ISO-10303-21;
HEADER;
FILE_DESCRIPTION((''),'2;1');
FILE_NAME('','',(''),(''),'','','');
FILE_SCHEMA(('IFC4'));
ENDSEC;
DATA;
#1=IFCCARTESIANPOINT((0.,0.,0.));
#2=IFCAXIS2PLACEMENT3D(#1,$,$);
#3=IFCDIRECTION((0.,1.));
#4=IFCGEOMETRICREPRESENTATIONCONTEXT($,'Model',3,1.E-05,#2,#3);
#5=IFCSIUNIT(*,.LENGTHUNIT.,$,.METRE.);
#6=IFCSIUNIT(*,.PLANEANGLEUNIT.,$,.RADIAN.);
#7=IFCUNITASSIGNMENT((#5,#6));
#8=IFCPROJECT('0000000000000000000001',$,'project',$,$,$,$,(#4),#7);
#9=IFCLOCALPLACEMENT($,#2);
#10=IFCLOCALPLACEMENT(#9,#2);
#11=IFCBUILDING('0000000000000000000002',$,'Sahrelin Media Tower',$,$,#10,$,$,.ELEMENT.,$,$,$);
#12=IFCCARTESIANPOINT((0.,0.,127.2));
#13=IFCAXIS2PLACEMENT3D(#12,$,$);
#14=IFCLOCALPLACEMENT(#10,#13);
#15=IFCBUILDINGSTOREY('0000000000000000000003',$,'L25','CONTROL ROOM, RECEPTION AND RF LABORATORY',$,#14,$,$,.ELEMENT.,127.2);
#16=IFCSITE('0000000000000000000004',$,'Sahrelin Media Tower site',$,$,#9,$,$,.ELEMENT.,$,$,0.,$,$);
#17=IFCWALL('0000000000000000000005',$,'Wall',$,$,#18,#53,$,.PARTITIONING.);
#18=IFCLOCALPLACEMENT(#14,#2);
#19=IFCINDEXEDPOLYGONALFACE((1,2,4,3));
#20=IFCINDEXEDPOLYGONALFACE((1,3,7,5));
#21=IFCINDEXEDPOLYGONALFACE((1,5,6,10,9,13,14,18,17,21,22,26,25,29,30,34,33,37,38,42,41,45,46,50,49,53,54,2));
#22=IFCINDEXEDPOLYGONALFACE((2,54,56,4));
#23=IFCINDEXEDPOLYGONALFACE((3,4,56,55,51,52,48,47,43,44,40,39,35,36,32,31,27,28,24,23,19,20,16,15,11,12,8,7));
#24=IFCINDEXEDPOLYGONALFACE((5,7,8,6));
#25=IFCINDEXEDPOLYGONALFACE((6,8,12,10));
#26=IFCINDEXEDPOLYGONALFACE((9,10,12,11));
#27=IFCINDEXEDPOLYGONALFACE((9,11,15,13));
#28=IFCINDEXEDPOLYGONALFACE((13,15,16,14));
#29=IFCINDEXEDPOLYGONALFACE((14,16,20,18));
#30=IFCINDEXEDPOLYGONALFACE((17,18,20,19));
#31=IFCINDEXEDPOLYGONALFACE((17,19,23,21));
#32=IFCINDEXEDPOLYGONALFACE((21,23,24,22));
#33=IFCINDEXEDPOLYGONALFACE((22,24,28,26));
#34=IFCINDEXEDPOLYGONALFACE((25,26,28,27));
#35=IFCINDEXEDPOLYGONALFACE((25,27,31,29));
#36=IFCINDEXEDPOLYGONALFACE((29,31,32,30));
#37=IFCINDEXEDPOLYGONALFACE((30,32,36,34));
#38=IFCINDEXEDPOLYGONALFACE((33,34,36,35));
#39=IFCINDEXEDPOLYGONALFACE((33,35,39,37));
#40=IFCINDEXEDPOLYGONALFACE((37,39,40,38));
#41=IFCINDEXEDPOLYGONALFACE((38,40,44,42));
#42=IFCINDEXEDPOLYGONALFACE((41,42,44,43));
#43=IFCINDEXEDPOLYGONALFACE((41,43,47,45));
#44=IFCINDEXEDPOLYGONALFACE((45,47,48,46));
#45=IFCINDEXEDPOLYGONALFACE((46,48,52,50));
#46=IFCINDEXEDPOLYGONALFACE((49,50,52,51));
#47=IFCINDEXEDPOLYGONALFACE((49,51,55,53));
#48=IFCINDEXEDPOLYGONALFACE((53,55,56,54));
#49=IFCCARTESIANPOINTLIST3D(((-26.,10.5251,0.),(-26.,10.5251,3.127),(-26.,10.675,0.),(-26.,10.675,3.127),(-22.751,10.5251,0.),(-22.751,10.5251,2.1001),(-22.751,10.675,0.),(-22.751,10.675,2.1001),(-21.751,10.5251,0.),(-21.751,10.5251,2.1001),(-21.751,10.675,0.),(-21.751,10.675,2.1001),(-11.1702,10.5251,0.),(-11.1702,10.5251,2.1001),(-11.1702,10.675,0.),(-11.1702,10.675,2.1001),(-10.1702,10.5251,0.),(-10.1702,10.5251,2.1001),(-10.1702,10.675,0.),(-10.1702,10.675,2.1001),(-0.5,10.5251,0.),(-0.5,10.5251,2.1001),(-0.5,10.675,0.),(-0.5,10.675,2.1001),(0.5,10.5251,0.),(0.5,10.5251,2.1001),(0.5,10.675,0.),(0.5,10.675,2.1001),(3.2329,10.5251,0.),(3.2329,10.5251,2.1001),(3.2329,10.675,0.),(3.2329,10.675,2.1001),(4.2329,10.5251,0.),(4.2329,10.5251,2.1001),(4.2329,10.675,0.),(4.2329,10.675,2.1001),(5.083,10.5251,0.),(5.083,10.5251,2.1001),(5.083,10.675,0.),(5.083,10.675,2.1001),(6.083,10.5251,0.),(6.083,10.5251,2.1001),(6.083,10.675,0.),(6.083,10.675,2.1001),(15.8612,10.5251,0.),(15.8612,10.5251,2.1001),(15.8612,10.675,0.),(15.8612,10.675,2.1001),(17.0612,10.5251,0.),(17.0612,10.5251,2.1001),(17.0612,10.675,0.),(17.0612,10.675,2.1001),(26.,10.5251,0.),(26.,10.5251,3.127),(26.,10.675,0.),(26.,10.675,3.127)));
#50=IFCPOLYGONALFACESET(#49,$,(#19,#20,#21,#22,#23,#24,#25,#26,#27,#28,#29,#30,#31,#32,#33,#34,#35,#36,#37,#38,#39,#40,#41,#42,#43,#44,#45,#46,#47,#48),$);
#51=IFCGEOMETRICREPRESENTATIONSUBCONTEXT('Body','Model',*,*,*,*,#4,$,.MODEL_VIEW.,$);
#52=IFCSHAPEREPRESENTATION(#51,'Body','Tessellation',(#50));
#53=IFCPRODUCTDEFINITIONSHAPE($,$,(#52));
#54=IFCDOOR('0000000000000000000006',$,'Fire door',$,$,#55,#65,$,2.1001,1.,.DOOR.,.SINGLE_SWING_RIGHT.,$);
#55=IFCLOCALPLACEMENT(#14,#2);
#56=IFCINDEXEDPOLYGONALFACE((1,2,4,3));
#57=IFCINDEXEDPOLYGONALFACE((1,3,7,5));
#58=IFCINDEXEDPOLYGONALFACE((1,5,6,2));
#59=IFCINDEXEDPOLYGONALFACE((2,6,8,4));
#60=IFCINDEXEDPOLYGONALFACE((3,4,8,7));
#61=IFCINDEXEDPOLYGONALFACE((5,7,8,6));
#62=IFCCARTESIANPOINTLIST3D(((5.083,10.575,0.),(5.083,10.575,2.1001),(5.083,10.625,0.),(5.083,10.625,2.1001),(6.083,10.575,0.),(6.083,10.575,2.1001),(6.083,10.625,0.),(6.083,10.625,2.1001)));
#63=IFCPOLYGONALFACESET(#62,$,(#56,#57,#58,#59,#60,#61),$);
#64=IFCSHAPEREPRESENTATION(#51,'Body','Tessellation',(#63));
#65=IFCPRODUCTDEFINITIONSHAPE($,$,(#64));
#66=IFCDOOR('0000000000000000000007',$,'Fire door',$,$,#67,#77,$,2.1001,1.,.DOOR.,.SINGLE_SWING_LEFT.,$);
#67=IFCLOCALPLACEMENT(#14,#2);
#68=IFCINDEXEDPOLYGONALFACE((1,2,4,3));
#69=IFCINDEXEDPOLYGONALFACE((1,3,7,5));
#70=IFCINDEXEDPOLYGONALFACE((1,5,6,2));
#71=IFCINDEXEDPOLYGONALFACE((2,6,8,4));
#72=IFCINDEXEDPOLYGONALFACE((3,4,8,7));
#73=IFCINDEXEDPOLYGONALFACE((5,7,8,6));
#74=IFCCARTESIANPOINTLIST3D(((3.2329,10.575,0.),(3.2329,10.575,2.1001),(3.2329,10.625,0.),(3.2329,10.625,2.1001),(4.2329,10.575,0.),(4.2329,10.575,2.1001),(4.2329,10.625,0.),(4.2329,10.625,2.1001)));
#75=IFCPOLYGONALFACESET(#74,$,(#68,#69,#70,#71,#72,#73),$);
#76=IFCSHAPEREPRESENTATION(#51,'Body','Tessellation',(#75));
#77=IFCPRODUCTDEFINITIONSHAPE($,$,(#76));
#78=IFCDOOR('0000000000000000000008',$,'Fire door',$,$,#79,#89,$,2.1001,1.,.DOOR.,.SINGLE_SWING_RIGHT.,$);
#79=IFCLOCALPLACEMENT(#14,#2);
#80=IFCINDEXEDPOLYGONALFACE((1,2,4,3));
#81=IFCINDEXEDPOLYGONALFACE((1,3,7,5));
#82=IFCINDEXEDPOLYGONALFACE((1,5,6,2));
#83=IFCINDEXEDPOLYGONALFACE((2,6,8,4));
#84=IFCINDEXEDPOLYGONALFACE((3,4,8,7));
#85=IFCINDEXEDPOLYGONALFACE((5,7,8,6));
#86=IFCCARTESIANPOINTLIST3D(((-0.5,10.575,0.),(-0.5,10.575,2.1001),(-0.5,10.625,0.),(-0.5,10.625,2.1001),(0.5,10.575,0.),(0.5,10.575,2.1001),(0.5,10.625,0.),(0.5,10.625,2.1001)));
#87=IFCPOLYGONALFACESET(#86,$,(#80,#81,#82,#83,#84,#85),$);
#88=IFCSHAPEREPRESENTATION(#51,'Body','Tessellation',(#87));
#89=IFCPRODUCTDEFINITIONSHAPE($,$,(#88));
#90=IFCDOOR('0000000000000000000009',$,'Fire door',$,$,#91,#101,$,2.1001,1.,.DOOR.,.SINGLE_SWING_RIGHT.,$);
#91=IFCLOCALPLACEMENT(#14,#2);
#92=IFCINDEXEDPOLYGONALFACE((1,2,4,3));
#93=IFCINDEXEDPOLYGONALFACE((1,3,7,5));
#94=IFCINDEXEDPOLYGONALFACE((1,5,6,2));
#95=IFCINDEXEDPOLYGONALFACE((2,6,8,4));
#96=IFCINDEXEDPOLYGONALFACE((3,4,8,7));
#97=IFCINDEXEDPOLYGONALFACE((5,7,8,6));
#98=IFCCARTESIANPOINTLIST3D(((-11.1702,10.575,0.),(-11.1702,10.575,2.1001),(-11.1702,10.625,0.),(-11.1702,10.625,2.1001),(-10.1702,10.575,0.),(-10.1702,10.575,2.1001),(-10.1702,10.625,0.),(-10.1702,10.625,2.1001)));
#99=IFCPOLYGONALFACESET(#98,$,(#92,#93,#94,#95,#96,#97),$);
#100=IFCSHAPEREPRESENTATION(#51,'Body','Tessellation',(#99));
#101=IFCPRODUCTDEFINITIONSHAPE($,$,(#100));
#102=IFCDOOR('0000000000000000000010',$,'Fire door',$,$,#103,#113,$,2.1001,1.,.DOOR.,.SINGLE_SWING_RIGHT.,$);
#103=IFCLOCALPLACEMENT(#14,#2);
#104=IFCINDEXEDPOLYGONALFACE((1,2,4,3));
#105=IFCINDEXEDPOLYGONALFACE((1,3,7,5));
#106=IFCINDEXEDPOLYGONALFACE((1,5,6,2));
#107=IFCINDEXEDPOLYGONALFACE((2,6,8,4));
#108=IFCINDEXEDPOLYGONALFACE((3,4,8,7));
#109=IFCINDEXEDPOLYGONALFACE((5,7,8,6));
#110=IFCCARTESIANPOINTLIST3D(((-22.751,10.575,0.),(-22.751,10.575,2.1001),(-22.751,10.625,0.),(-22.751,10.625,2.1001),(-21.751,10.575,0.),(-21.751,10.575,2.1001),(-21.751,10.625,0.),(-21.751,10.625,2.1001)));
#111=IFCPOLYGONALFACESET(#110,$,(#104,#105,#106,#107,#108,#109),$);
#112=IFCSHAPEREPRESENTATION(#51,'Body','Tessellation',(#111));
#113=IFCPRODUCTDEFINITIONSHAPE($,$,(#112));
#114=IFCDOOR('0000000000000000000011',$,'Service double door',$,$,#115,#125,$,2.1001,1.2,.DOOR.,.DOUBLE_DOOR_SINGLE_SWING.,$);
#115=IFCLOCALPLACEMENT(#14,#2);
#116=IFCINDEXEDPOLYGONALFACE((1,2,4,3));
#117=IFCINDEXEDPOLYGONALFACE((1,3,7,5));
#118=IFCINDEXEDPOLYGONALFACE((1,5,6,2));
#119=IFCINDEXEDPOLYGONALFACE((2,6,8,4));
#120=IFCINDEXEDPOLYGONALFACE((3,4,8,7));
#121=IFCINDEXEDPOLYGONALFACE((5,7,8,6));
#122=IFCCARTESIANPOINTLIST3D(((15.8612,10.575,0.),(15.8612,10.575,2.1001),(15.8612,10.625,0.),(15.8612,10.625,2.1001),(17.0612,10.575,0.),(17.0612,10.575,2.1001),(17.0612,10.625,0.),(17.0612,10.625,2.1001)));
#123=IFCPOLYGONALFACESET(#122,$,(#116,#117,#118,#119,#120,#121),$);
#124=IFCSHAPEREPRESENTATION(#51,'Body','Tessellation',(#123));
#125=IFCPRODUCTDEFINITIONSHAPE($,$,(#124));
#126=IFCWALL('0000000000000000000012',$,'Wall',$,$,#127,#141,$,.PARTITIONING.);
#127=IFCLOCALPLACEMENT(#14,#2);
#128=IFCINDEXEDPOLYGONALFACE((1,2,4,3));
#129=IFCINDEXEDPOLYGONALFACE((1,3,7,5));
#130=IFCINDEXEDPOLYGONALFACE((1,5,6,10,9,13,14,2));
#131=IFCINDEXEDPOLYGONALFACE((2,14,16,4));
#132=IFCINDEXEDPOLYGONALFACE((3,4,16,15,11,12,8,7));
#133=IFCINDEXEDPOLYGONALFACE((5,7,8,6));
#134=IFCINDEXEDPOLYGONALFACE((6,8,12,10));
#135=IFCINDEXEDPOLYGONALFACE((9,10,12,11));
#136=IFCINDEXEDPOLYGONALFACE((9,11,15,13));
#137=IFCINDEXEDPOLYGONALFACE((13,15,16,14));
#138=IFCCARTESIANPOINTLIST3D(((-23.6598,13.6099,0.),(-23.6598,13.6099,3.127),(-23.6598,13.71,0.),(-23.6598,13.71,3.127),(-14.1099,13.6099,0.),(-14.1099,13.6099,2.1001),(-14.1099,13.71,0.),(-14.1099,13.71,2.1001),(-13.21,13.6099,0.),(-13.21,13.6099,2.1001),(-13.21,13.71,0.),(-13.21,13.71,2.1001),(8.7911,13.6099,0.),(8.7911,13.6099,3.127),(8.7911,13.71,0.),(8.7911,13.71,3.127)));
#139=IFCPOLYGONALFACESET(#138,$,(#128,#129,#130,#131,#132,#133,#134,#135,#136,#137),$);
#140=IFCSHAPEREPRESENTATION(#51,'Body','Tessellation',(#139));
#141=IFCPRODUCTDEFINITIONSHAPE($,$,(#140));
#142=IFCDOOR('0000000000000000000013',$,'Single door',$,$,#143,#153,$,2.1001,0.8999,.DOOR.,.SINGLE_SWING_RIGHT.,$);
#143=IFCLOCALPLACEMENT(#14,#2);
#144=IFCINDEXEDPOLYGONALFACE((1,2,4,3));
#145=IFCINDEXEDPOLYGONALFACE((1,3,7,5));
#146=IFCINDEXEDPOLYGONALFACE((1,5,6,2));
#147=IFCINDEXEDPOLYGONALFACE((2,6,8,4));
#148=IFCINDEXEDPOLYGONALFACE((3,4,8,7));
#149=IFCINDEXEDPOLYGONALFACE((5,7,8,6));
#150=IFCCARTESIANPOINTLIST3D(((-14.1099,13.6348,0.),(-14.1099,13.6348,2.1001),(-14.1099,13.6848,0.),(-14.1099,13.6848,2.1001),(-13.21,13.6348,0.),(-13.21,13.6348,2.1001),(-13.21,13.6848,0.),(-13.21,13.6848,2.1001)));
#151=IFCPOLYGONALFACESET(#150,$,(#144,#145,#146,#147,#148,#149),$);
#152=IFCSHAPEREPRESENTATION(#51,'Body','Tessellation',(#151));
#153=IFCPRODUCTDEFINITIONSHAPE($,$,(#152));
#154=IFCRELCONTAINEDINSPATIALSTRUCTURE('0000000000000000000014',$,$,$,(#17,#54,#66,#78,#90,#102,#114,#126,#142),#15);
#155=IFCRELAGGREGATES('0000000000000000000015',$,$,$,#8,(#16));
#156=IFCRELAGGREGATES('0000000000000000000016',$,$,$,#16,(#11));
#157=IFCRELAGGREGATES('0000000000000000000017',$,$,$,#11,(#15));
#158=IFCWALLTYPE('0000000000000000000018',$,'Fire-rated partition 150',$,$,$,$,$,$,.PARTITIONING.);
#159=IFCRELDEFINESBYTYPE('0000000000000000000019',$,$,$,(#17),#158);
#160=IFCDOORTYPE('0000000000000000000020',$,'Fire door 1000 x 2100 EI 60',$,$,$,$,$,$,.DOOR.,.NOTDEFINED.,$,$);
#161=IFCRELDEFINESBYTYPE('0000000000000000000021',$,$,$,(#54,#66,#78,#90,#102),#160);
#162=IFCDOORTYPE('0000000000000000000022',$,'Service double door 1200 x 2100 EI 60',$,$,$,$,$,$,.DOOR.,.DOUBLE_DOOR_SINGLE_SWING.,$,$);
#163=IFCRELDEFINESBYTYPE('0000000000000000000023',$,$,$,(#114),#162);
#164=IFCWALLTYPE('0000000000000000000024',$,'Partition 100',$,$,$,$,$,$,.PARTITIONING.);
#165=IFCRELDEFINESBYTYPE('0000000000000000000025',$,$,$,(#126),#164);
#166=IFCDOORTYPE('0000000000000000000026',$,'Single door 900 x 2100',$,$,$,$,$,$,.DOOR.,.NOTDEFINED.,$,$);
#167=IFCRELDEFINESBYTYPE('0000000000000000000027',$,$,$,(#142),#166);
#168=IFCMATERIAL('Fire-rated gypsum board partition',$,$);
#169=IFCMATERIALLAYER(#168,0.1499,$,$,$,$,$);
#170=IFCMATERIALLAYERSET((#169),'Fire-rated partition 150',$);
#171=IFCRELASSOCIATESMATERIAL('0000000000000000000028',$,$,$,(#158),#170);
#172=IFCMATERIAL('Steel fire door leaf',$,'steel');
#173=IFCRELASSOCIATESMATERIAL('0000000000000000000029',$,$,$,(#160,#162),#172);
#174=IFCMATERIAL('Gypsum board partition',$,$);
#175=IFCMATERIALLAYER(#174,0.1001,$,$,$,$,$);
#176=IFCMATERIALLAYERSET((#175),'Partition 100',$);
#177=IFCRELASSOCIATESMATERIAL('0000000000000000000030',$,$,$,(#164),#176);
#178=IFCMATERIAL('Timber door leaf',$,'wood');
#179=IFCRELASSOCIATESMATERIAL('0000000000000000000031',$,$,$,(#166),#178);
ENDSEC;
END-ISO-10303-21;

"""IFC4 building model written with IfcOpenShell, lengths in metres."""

from ifc_helpers import new_model, si_unit, direction, frame, frame_2d, origin, place, context, subcontext, project, spatial, rectangle, extrude, material, layer, layer_set, type_object, element, fill, save


model = new_model("IFC4")

# Units and contexts
model_context = context("Model", 3, precision=1e-05, world=origin(), true_north=direction((0.0, 1.0)))
body_context = subcontext(model_context, "Body", "Model", "MODEL_VIEW")
ifc_project = project(units=[si_unit("LENGTHUNIT", "METRE"), si_unit("PLANEANGLEUNIT", "RADIAN")], contexts=[model_context])

# Site, building, storey
site_placement = place(None, origin())
site = spatial("IfcSite", under=ifc_project, at=site_placement, Name="Sahrelin Media Tower site", CompositionType="ELEMENT", RefElevation=0.0)
building_placement = place(site_placement, origin())
building = spatial("IfcBuilding", under=site, at=building_placement, Name="Sahrelin Media Tower", CompositionType="ELEMENT")
storey_placement = place(building_placement, frame((0.0, 0.0, 127.2)))
storey = spatial("IfcBuildingStorey", under=building, at=storey_placement, Name="L25", Description="CONTROL ROOM, RECEPTION AND RF LABORATORY", CompositionType="ELEMENT", Elevation=127.2)

# Shared definitions
ifc_material_1 = material(Name="Fire-rated gypsum board partition")
ifc_layer_1 = layer(ifc_material_1, 0.1499)
ifc_layer_set_1 = layer_set([ifc_layer_1], Name="Fire-rated partition 150")
wall_type_1 = type_object("IfcWallType", Name="Fire-rated partition 150", PredefinedType="PARTITIONING", material=ifc_layer_set_1)

# Wall, openings, doors
wall_1_placement = place(storey_placement, frame((-26.0, 10.6001, 0.0), z_axis=(0.0, 0.0, 1.0), x_axis=(1.0, 0.0, 0.0)))
wall_1 = element("IfcWall", 1, at=wall_1_placement, inside=storey, type_object=wall_type_1, Name="Wall", PredefinedType="PARTITIONING", context=body_context, shape_type="SweptSolid", body=[
    extrude(rectangle(XDim=52.0, YDim=0.1499, at=frame_2d((26.0, 0.0))), origin(), (0.0, 0.0, 1.0), 3.127),
])
opening_1_placement = place(wall_1_placement, frame((41.8611, 0.0, 0.0)))
opening_1 = element("IfcOpeningElement", 2, at=opening_1_placement, cuts=wall_1, PredefinedType="OPENING", context=body_context, shape_type="SweptSolid", body=[
    extrude(rectangle(XDim=1.2, YDim=2.1001, at=frame_2d((0.6001, 1.05))), frame((0.0, 0.075, 0.0), z_axis=(0.0, -1.0, 0.0), x_axis=(1.0, 0.0, 0.0)), (0.0, 0.0, 1.0), 0.1499),
])
opening_2_placement = place(wall_1_placement, frame((31.083, 0.0, 0.0)))
opening_2 = element("IfcOpeningElement", 3, at=opening_2_placement, cuts=wall_1, PredefinedType="OPENING", context=body_context, shape_type="SweptSolid", body=[
    extrude(rectangle(XDim=1.0, YDim=2.1001, at=frame_2d((0.5, 1.05))), frame((0.0, 0.075, 0.0), z_axis=(0.0, -1.0, 0.0), x_axis=(1.0, 0.0, 0.0)), (0.0, 0.0, 1.0), 0.1499),
])
opening_3_placement = place(wall_1_placement, frame((29.2329, 0.0, 0.0)))
opening_3 = element("IfcOpeningElement", 4, at=opening_3_placement, cuts=wall_1, PredefinedType="OPENING", context=body_context, shape_type="SweptSolid", body=[
    extrude(rectangle(XDim=1.0, YDim=2.1001, at=frame_2d((0.5, 1.05))), frame((0.0, 0.075, 0.0), z_axis=(0.0, -1.0, 0.0), x_axis=(1.0, 0.0, 0.0)), (0.0, 0.0, 1.0), 0.1499),
])
opening_4_placement = place(wall_1_placement, frame((25.5, 0.0, 0.0)))
opening_4 = element("IfcOpeningElement", 5, at=opening_4_placement, cuts=wall_1, PredefinedType="OPENING", context=body_context, shape_type="SweptSolid", body=[
    extrude(rectangle(XDim=1.0, YDim=2.1001, at=frame_2d((0.5, 1.05))), frame((0.0, 0.075, 0.0), z_axis=(0.0, -1.0, 0.0), x_axis=(1.0, 0.0, 0.0)), (0.0, 0.0, 1.0), 0.1499),
])
opening_5_placement = place(wall_1_placement, frame((14.8298, 0.0, 0.0)))
opening_5 = element("IfcOpeningElement", 6, at=opening_5_placement, cuts=wall_1, PredefinedType="OPENING", context=body_context, shape_type="SweptSolid", body=[
    extrude(rectangle(XDim=1.0, YDim=2.1001, at=frame_2d((0.5, 1.05))), frame((0.0, 0.075, 0.0), z_axis=(0.0, -1.0, 0.0), x_axis=(1.0, 0.0, 0.0)), (0.0, 0.0, 1.0), 0.1499),
])
opening_6_placement = place(wall_1_placement, frame((3.249, 0.0, 0.0)))
opening_6 = element("IfcOpeningElement", 7, at=opening_6_placement, cuts=wall_1, PredefinedType="OPENING", context=body_context, shape_type="SweptSolid", body=[
    extrude(rectangle(XDim=1.0, YDim=2.1001, at=frame_2d((0.5, 1.05))), frame((0.0, 0.075, 0.0), z_axis=(0.0, -1.0, 0.0), x_axis=(1.0, 0.0, 0.0)), (0.0, 0.0, 1.0), 0.1499),
])
ifc_material_2 = material(Name="Steel fire door leaf", Category="steel")
door_type_1 = type_object("IfcDoorType", Name="Fire door 1000 x 2100 EI 60", OperationType="NOTDEFINED", PredefinedType="DOOR", material=ifc_material_2)
door_1_placement = place(opening_2_placement, origin())
door_1 = element("IfcDoor", 8, at=door_1_placement, inside=storey, type_object=door_type_1, Name="Fire door", OperationType="SINGLE_SWING_RIGHT", OverallHeight=2.1001, OverallWidth=1.0, PredefinedType="DOOR", context=body_context, shape_type="SweptSolid", body=[
    extrude(rectangle(XDim=1.0, YDim=2.1001, at=frame_2d((0.5, 1.05))), frame((0.0, 0.0249, 0.0), z_axis=(0.0, -1.0, 0.0), x_axis=(1.0, 0.0, 0.0)), (0.0, 0.0, 1.0), 0.05),
])
fill(opening_2, door_1)
door_2_placement = place(opening_3_placement, origin())
door_2 = element("IfcDoor", 9, at=door_2_placement, inside=storey, type_object=door_type_1, Name="Fire door", OperationType="SINGLE_SWING_LEFT", OverallHeight=2.1001, OverallWidth=1.0, PredefinedType="DOOR", context=body_context, shape_type="SweptSolid", body=[
    extrude(rectangle(XDim=1.0, YDim=2.1001, at=frame_2d((0.5, 1.05))), frame((0.0, 0.0249, 0.0), z_axis=(0.0, -1.0, 0.0), x_axis=(1.0, 0.0, 0.0)), (0.0, 0.0, 1.0), 0.05),
])
fill(opening_3, door_2)
door_3_placement = place(opening_4_placement, origin())
door_3 = element("IfcDoor", 10, at=door_3_placement, inside=storey, type_object=door_type_1, Name="Fire door", OperationType="SINGLE_SWING_RIGHT", OverallHeight=2.1001, OverallWidth=1.0, PredefinedType="DOOR", context=body_context, shape_type="SweptSolid", body=[
    extrude(rectangle(XDim=1.0, YDim=2.1001, at=frame_2d((0.5, 1.05))), frame((0.0, 0.0249, 0.0), z_axis=(0.0, -1.0, 0.0), x_axis=(1.0, 0.0, 0.0)), (0.0, 0.0, 1.0), 0.05),
])
fill(opening_4, door_3)
door_4_placement = place(opening_5_placement, origin())
door_4 = element("IfcDoor", 11, at=door_4_placement, inside=storey, type_object=door_type_1, Name="Fire door", OperationType="SINGLE_SWING_RIGHT", OverallHeight=2.1001, OverallWidth=1.0, PredefinedType="DOOR", context=body_context, shape_type="SweptSolid", body=[
    extrude(rectangle(XDim=1.0, YDim=2.1001, at=frame_2d((0.5, 1.05))), frame((0.0, 0.0249, 0.0), z_axis=(0.0, -1.0, 0.0), x_axis=(1.0, 0.0, 0.0)), (0.0, 0.0, 1.0), 0.05),
])
fill(opening_5, door_4)
door_5_placement = place(opening_6_placement, origin())
door_5 = element("IfcDoor", 12, at=door_5_placement, inside=storey, type_object=door_type_1, Name="Fire door", OperationType="SINGLE_SWING_RIGHT", OverallHeight=2.1001, OverallWidth=1.0, PredefinedType="DOOR", context=body_context, shape_type="SweptSolid", body=[
    extrude(rectangle(XDim=1.0, YDim=2.1001, at=frame_2d((0.5, 1.05))), frame((0.0, 0.0249, 0.0), z_axis=(0.0, -1.0, 0.0), x_axis=(1.0, 0.0, 0.0)), (0.0, 0.0, 1.0), 0.05),
])
fill(opening_6, door_5)
door_type_2 = type_object("IfcDoorType", Name="Service double door 1200 x 2100 EI 60", OperationType="DOUBLE_DOOR_SINGLE_SWING", PredefinedType="DOOR", material=ifc_material_2)
door_6_placement = place(opening_1_placement, origin())
door_6 = element("IfcDoor", 13, at=door_6_placement, inside=storey, type_object=door_type_2, Name="Service double door", OperationType="DOUBLE_DOOR_SINGLE_SWING", OverallHeight=2.1001, OverallWidth=1.2, PredefinedType="DOOR", context=body_context, shape_type="SweptSolid", body=[
    extrude(rectangle(XDim=1.2, YDim=2.1001, at=frame_2d((0.6001, 1.05))), frame((0.0, 0.0249, 0.0), z_axis=(0.0, -1.0, 0.0), x_axis=(1.0, 0.0, 0.0)), (0.0, 0.0, 1.0), 0.05),
])
fill(opening_1, door_6)

# Wall, opening, door
ifc_material_3 = material(Name="Gypsum board partition")
ifc_layer_2 = layer(ifc_material_3, 0.1001)
ifc_layer_set_2 = layer_set([ifc_layer_2], Name="Partition 100")
wall_type_2 = type_object("IfcWallType", Name="Partition 100", PredefinedType="PARTITIONING", material=ifc_layer_set_2)
wall_2_placement = place(storey_placement, frame((-23.6599, 13.6599, 0.0), z_axis=(0.0, 0.0, 1.0), x_axis=(1.0, 0.0, 0.0)))
wall_2 = element("IfcWall", 14, at=wall_2_placement, inside=storey, type_object=wall_type_2, Name="Wall", PredefinedType="PARTITIONING", context=body_context, shape_type="SweptSolid", body=[
    extrude(rectangle(XDim=32.4509, YDim=0.1001, at=frame_2d((16.2256, 0.0))), origin(), (0.0, 0.0, 1.0), 3.127),
])
opening_7_placement = place(wall_2_placement, frame((9.55, 0.0, 0.0)))
opening_7 = element("IfcOpeningElement", 15, at=opening_7_placement, cuts=wall_2, PredefinedType="OPENING", context=body_context, shape_type="SweptSolid", body=[
    extrude(rectangle(XDim=0.8999, YDim=2.1001, at=frame_2d((0.45, 1.05))), frame((0.0, 0.05, 0.0), z_axis=(0.0, -1.0, 0.0), x_axis=(1.0, 0.0, 0.0)), (0.0, 0.0, 1.0), 0.1001),
])
ifc_material_4 = material(Name="Timber door leaf", Category="wood")
door_type_3 = type_object("IfcDoorType", Name="Single door 900 x 2100", OperationType="NOTDEFINED", PredefinedType="DOOR", material=ifc_material_4)
door_7_placement = place(opening_7_placement, origin())
door_7 = element("IfcDoor", 16, at=door_7_placement, inside=storey, type_object=door_type_3, Name="Single door", OperationType="SINGLE_SWING_RIGHT", OverallHeight=2.1001, OverallWidth=0.8999, PredefinedType="DOOR", context=body_context, shape_type="SweptSolid", body=[
    extrude(rectangle(XDim=0.8999, YDim=2.1001, at=frame_2d((0.45, 1.05))), frame((0.0, 0.0249, 0.0), z_axis=(0.0, -1.0, 0.0), x_axis=(1.0, 0.0, 0.0)), (0.0, 0.0, 1.0), 0.05),
])
fill(opening_7, door_7)

save(model, "model.ifc")
